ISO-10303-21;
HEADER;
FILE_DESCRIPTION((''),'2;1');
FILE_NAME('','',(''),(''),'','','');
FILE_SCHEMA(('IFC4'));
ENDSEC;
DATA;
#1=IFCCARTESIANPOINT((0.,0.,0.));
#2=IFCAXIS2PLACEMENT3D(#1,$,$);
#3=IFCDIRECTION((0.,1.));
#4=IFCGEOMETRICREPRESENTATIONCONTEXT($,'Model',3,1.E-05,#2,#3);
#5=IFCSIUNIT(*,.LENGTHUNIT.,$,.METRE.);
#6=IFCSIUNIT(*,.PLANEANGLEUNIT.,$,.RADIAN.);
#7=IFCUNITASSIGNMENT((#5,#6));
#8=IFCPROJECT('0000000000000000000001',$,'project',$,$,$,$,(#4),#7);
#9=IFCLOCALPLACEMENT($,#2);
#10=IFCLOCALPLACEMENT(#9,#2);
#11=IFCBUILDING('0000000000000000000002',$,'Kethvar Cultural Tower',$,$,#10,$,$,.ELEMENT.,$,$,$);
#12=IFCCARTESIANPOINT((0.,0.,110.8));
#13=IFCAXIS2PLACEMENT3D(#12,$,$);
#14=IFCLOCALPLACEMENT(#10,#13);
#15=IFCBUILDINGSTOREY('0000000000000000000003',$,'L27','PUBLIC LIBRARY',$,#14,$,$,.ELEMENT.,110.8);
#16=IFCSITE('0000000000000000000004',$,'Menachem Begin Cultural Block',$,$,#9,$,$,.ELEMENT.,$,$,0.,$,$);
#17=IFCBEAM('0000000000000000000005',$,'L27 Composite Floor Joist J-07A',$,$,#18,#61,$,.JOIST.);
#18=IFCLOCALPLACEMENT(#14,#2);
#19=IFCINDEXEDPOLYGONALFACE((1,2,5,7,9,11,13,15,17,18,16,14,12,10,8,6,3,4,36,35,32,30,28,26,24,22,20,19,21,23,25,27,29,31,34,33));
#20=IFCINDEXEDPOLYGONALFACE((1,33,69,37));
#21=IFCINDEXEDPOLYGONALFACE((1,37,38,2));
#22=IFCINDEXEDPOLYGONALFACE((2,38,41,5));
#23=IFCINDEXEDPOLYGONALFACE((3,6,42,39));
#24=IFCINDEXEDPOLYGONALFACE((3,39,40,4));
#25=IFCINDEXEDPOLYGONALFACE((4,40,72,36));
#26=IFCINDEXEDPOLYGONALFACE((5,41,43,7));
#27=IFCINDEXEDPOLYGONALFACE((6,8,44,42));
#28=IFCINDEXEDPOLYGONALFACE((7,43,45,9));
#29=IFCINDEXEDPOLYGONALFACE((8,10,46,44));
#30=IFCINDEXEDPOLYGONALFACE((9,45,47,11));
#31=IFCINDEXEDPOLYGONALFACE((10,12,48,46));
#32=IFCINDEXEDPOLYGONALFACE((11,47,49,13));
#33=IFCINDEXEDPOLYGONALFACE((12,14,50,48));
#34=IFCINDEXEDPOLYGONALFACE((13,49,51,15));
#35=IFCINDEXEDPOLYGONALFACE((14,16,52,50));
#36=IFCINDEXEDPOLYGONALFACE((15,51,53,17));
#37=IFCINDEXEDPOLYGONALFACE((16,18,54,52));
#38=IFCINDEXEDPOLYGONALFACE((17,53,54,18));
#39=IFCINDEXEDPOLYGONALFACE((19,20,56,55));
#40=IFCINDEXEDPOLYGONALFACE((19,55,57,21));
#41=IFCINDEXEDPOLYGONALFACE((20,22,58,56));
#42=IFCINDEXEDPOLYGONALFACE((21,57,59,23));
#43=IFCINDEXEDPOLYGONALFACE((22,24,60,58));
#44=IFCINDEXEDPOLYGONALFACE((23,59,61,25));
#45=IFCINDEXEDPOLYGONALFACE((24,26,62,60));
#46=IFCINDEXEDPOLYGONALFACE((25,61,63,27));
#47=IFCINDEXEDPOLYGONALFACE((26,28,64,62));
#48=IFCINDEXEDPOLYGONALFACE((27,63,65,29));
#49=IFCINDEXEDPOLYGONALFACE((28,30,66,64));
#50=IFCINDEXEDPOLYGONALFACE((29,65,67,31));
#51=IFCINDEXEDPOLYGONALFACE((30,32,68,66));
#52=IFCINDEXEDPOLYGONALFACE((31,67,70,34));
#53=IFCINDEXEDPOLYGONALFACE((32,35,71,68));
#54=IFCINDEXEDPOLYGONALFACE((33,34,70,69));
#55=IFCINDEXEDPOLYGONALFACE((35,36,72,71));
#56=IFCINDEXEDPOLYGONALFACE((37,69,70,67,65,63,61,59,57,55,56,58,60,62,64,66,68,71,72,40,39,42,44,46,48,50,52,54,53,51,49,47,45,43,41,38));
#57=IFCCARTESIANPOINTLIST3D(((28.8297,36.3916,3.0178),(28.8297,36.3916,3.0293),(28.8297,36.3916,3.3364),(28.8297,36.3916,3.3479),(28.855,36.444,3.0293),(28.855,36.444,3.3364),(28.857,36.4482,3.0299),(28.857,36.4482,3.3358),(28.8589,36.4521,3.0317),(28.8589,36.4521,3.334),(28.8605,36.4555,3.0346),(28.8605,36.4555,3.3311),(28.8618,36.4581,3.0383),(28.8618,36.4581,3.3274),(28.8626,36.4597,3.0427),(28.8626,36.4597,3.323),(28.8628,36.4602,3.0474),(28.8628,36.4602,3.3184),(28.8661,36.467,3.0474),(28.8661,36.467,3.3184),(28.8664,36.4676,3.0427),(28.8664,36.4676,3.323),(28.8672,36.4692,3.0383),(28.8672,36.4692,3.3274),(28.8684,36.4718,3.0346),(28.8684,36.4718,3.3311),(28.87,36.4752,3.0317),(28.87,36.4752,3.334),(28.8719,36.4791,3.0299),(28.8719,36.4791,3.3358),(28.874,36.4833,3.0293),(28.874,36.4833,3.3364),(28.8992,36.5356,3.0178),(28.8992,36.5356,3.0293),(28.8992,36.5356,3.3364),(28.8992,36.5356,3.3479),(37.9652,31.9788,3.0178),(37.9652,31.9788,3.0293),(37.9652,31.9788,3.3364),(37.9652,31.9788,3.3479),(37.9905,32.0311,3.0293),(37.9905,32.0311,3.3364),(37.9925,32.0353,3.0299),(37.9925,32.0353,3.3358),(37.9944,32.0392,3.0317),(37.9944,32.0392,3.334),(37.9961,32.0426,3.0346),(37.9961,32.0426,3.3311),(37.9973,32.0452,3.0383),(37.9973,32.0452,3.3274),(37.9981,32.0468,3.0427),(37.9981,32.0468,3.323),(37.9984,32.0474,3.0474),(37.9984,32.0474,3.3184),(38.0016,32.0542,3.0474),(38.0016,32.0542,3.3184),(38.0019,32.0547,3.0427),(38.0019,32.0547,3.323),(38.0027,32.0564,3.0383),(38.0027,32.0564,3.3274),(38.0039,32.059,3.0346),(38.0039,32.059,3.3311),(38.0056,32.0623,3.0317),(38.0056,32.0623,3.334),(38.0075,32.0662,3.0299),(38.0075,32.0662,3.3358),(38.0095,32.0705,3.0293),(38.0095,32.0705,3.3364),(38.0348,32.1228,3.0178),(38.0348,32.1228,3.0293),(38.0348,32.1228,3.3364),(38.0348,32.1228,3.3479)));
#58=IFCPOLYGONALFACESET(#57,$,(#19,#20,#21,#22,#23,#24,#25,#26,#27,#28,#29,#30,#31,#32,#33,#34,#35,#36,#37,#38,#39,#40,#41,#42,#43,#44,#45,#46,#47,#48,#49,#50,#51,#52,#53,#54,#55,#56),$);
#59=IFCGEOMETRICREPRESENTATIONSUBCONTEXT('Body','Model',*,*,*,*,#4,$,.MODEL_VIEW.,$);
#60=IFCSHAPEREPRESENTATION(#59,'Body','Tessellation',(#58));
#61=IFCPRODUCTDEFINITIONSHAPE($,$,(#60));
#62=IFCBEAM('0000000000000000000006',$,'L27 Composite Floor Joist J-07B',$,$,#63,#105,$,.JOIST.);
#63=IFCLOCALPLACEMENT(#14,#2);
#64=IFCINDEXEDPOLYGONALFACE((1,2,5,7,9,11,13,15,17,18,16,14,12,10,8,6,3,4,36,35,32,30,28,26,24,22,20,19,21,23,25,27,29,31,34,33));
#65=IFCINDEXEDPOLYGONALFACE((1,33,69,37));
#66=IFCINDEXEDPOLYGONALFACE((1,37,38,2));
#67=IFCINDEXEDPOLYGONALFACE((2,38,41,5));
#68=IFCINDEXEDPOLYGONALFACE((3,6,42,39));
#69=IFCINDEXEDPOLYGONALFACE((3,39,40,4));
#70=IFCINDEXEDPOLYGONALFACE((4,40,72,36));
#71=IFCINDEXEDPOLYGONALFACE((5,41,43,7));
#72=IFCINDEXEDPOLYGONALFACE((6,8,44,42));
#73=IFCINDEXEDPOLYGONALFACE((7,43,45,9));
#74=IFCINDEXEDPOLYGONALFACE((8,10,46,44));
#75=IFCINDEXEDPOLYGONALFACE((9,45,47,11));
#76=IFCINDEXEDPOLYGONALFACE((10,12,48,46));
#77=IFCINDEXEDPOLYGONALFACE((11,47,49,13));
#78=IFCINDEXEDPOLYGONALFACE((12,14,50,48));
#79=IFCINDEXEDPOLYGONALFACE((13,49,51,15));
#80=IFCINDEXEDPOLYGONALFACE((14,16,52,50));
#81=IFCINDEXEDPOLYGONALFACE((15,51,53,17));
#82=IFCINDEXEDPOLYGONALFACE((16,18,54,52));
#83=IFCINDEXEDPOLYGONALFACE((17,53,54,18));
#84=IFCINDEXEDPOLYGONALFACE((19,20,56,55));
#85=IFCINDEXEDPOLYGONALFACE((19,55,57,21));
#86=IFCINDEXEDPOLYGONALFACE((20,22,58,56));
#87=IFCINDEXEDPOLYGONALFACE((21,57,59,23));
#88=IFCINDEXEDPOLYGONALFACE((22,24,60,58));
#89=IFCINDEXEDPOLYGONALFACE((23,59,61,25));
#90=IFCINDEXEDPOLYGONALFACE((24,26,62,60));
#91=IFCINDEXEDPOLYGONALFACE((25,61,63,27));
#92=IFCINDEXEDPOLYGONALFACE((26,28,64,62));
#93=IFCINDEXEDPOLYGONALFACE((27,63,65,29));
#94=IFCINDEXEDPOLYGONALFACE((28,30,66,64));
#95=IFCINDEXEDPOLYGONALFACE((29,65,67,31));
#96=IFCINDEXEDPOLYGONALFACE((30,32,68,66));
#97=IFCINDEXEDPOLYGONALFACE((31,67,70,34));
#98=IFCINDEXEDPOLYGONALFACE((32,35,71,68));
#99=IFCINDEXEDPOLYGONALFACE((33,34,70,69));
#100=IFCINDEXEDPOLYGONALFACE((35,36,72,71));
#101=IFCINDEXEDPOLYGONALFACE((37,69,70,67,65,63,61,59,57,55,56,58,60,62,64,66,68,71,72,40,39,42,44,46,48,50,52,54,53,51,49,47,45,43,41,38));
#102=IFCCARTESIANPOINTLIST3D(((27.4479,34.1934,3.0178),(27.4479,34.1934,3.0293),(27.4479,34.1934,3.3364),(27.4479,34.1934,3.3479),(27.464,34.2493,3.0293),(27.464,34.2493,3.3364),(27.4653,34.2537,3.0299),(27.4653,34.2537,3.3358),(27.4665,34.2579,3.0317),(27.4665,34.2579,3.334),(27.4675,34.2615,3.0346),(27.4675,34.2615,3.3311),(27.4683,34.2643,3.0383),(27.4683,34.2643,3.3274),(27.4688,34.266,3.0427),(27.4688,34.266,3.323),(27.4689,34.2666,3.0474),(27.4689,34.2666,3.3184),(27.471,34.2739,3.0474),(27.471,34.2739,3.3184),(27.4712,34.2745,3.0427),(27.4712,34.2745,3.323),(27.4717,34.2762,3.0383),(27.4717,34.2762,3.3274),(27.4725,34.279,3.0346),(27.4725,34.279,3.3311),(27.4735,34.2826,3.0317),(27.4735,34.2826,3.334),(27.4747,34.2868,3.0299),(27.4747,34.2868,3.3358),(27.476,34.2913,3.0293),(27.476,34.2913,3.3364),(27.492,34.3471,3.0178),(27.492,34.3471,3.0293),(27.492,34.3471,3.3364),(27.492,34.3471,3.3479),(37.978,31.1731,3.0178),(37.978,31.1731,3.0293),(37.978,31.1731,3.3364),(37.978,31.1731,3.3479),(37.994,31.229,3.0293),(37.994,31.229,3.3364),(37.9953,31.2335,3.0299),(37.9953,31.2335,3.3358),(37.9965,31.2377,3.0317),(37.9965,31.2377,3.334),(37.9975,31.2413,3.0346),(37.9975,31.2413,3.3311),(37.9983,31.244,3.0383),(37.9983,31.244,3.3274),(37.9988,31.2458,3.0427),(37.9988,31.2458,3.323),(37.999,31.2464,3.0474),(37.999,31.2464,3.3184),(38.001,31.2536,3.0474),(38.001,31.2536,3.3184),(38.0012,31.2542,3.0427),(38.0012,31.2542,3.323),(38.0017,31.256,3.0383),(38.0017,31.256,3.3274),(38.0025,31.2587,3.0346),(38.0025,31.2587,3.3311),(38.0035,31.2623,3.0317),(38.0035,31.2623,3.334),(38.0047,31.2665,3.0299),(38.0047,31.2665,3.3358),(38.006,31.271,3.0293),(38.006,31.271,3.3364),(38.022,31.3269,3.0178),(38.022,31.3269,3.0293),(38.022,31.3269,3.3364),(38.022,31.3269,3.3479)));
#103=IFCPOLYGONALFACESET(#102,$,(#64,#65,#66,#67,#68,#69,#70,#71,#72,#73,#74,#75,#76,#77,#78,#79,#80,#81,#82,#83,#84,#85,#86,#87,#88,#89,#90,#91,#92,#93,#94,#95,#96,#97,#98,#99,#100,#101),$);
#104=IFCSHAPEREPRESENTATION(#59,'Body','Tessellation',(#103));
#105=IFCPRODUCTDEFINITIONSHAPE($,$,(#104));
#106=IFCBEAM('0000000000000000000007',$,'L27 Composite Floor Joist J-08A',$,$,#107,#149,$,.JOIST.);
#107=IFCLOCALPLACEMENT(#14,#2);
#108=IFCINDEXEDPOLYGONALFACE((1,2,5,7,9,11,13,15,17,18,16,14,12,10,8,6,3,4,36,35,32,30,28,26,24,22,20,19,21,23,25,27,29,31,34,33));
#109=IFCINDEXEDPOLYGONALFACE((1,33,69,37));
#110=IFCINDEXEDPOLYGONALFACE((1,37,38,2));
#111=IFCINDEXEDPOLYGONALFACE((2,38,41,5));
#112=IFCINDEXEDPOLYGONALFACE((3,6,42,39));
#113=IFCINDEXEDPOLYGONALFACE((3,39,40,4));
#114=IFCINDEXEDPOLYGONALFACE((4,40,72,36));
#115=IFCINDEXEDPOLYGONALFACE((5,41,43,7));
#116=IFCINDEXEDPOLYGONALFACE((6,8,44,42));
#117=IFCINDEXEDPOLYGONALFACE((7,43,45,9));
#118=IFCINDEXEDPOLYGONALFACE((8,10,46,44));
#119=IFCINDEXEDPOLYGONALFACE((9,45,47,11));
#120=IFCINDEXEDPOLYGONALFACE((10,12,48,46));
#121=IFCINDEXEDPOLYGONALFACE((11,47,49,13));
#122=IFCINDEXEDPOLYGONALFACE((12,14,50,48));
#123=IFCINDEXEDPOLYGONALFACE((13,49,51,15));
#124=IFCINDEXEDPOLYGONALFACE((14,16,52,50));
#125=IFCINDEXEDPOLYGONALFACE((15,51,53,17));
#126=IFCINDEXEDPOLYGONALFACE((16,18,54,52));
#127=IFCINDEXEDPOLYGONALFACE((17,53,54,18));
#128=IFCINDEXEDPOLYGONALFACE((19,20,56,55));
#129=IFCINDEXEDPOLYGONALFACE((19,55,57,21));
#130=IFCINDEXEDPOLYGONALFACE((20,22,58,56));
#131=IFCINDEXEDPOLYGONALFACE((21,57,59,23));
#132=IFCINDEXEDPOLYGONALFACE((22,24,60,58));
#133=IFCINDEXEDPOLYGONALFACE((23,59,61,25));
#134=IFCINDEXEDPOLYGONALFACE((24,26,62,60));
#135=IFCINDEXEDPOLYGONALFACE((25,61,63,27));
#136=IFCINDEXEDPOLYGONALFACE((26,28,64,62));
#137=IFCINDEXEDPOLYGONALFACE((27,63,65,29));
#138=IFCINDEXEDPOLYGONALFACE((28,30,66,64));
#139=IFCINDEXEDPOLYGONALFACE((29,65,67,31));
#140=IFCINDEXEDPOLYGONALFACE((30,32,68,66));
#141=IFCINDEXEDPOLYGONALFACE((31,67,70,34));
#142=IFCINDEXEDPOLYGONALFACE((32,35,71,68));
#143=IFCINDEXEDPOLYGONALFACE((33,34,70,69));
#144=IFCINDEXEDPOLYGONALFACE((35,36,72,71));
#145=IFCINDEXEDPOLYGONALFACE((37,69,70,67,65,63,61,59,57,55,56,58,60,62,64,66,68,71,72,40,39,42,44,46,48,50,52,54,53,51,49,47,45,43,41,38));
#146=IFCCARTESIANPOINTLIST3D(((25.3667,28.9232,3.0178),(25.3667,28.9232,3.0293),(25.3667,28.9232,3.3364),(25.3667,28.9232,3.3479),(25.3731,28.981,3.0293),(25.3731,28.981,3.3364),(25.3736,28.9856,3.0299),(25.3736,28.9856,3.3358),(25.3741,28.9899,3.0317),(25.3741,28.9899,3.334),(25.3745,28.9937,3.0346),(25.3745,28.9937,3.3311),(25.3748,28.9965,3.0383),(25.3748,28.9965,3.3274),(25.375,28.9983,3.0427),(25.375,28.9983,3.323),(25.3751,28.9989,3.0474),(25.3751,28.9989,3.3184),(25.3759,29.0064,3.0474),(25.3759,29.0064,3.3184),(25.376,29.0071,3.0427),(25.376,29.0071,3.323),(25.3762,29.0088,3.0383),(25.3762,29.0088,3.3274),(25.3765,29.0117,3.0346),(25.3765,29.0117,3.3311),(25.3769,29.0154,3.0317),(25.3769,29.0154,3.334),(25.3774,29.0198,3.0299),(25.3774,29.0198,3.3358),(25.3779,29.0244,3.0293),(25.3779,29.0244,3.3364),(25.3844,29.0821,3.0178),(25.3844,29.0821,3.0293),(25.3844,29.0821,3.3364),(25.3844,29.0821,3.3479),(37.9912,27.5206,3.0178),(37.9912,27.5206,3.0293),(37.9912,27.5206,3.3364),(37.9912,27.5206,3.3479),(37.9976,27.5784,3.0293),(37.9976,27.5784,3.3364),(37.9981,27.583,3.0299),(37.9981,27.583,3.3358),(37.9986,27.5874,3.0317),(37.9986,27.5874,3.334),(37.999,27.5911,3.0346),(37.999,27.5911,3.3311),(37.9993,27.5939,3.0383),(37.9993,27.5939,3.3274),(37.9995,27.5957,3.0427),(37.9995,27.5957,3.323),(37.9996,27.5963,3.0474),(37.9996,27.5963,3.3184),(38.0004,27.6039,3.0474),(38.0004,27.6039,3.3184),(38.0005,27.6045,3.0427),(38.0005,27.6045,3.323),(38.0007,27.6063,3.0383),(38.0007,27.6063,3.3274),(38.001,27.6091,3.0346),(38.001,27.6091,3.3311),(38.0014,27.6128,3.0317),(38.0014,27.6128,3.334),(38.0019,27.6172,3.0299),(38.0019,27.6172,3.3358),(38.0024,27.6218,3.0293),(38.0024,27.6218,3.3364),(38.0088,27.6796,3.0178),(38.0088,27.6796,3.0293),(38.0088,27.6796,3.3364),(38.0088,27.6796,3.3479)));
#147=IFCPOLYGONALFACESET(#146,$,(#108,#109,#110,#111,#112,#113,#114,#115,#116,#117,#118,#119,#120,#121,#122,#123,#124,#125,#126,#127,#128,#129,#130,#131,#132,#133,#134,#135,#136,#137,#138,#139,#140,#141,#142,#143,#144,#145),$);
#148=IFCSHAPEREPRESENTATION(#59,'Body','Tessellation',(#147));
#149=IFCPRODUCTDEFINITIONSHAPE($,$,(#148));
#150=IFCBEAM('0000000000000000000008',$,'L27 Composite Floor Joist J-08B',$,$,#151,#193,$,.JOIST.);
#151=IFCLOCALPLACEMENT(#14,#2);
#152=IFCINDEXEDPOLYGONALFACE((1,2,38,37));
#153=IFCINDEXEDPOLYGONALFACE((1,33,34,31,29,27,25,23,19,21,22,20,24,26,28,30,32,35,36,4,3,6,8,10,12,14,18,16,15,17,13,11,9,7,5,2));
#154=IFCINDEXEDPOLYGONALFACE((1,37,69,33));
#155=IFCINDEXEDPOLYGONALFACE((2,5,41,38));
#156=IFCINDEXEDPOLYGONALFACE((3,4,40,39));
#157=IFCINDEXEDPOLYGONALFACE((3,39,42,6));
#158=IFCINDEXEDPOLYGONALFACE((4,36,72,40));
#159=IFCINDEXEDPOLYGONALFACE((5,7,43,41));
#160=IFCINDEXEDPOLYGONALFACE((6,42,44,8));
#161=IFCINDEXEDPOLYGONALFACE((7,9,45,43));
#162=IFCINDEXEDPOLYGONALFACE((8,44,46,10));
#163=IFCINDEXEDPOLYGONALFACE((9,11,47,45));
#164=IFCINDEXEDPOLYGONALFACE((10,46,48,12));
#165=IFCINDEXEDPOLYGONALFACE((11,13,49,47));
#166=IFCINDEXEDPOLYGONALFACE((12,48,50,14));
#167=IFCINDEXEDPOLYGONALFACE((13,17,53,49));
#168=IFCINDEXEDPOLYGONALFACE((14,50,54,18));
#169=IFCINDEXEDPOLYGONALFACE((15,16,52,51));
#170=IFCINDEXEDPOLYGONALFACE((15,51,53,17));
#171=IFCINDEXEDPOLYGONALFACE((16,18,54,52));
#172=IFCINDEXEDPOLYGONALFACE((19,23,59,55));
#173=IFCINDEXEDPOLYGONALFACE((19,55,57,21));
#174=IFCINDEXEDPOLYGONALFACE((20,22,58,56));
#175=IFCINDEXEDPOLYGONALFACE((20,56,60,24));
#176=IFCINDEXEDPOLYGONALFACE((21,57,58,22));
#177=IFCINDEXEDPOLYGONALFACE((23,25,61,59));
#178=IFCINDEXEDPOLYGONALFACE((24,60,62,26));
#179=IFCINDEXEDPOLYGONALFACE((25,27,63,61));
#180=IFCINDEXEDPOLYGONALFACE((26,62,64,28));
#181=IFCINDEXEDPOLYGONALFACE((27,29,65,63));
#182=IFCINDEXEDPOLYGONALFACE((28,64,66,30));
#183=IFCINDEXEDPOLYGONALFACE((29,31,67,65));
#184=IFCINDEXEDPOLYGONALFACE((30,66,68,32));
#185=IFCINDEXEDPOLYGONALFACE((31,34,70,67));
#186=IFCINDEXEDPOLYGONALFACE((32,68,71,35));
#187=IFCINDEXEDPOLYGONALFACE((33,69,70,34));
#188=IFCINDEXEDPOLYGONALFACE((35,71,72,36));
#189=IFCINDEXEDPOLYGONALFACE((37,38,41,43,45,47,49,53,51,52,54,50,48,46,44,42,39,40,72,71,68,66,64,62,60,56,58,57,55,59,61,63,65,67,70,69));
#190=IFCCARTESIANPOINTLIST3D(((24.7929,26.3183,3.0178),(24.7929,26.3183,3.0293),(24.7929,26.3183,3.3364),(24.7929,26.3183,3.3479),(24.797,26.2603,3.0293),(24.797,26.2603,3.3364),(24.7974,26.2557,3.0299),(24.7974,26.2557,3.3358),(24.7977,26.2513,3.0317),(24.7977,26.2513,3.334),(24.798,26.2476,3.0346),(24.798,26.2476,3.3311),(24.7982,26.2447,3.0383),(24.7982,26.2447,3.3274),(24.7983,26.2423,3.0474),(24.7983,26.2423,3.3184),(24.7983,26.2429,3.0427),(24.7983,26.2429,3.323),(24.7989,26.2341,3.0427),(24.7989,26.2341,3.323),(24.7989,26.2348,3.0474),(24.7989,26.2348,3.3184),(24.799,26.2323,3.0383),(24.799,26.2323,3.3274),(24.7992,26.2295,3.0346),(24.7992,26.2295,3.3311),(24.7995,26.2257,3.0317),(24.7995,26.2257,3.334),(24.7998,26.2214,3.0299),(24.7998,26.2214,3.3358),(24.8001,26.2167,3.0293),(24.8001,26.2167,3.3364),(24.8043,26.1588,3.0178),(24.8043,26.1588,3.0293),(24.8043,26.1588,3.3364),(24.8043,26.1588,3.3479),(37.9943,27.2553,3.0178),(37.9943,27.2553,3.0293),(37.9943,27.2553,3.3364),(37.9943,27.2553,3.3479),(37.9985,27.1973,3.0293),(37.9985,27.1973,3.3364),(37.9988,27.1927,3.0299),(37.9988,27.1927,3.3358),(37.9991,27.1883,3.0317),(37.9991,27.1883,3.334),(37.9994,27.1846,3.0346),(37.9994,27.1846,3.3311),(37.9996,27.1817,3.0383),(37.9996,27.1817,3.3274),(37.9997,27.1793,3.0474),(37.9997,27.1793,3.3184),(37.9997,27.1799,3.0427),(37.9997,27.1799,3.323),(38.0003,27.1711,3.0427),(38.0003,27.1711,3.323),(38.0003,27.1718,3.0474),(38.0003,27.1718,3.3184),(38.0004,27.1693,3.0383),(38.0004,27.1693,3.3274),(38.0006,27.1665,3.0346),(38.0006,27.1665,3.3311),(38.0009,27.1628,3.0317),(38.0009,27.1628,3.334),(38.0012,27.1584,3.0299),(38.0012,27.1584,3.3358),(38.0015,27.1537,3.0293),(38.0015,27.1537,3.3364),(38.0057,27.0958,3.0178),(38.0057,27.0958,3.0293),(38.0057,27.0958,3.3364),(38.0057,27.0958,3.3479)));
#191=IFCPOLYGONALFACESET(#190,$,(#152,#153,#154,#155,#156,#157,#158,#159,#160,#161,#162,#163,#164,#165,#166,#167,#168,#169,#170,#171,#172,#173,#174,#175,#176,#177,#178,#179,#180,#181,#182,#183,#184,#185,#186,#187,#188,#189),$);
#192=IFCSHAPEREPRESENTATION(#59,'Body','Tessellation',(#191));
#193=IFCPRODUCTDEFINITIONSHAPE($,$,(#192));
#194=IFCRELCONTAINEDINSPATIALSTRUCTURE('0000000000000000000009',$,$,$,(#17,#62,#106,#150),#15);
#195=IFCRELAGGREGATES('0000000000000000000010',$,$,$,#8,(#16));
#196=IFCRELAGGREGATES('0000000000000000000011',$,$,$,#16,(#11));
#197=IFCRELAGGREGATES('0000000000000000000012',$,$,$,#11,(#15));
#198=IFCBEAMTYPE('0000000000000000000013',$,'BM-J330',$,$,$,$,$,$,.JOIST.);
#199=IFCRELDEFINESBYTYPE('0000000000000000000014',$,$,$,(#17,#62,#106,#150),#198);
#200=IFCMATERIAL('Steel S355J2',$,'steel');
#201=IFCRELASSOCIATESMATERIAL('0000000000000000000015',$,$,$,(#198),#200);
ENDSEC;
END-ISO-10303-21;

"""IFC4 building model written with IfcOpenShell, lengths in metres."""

from ifc_helpers import new_model, si_unit, direction, frame, origin, origin_2d, place, context, subcontext, project, spatial, i_section, extrude, source, transform, mapped, material, material_profile, profile_set, type_object, element, save


model = new_model("IFC4")

# Units and contexts
model_context = context("Model", 3, precision=1e-05, world=origin(), true_north=direction((0.0, 1.0)))
body_context = subcontext(model_context, "Body", "Model", "MODEL_VIEW")
ifc_project = project(units=[si_unit("LENGTHUNIT", "METRE"), si_unit("PLANEANGLEUNIT", "RADIAN")], contexts=[model_context])

# Site, building, storey
site_placement = place(None, origin())
site = spatial("IfcSite", under=ifc_project, at=site_placement, Name="Menachem Begin Cultural Block", CompositionType="ELEMENT", RefElevation=0.0)
building_placement = place(site_placement, origin())
building = spatial("IfcBuilding", under=site, at=building_placement, Name="Kethvar Cultural Tower", CompositionType="ELEMENT")
storey_placement = place(building_placement, frame((0.0, 0.0, 110.8)))
storey = spatial("IfcBuildingStorey", under=building, at=storey_placement, Name="L27", Description="PUBLIC LIBRARY", CompositionType="ELEMENT", Elevation=110.8)

# Beams
ifc_material_1 = material(Name="Steel S355J2", Category="steel")
ifc_material_profile_1 = material_profile(ifc_material_1, i_section(OverallWidth=0.1599, OverallDepth=0.3301, WebThickness=0.0076, FlangeThickness=0.0115, FilletRadius=0.0181, at=origin_2d()), Name="Steel S355J2 — IPE330")
ifc_profile_set_1 = profile_set([ifc_material_profile_1], Name="Steel S355J2 — IPE330")
beam_type_1 = type_object("IfcBeamType", Name="BM-J330", PredefinedType="JOIST", material=ifc_profile_set_1)
shared_shape_1 = source(origin(), body_context, "Body", "SweptSolid", [
    extrude(i_section(OverallWidth=0.1599, OverallDepth=0.3301, WebThickness=0.0076, FlangeThickness=0.0115, FilletRadius=0.0181, at=origin_2d()), origin(), (0.0, 0.0, 1.0), 10.1455),
])
beam_1_placement = place(storey_placement, frame((38.0, 32.0508, 3.1829), z_axis=(-0.900451, 0.434957, 0.0), x_axis=(-0.434957, -0.900451, 0.0)))
element("IfcBeam", 1, at=beam_1_placement, inside=storey, type_object=beam_type_1, Name="L27 Composite Floor Joist J-07A", PredefinedType="JOIST", context=body_context, shape_type="MappedRepresentation", body=[
    mapped(shared_shape_1, transform((0.0, 0.0, 0.0), scale=1.0)),
])
shared_shape_2 = source(origin(), body_context, "Body", "SweptSolid", [
    extrude(i_section(OverallWidth=0.1599, OverallDepth=0.3301, WebThickness=0.0076, FlangeThickness=0.0115, FilletRadius=0.0181, at=origin_2d()), origin(), (0.0, 0.0, 1.0), 10.9546),
])
beam_2_placement = place(storey_placement, frame((38.0, 31.25, 3.1829), z_axis=(-0.961242, 0.275707, 0.0), x_axis=(-0.275707, -0.961242, 0.0)))
element("IfcBeam", 2, at=beam_2_placement, inside=storey, type_object=beam_type_1, Name="L27 Composite Floor Joist J-07B", PredefinedType="JOIST", context=body_context, shape_type="MappedRepresentation", body=[
    mapped(shared_shape_2, transform((0.0, 0.0, 0.0), scale=1.0)),
])
shared_shape_3 = source(origin(), body_context, "Body", "SweptSolid", [
    extrude(i_section(OverallWidth=0.1599, OverallDepth=0.3301, WebThickness=0.0076, FlangeThickness=0.0115, FilletRadius=0.0181, at=origin_2d()), origin(), (0.0, 0.0, 1.0), 12.7021),
])
beam_3_placement = place(storey_placement, frame((38.0, 27.6001, 3.1829), z_axis=(-0.993885, 0.110421, 0.0), x_axis=(-0.110421, -0.993885, 0.0)))
element("IfcBeam", 3, at=beam_3_placement, inside=storey, type_object=beam_type_1, Name="L27 Composite Floor Joist J-08A", PredefinedType="JOIST", context=body_context, shape_type="MappedRepresentation", body=[
    mapped(shared_shape_3, transform((0.0, 0.0, 0.0), scale=1.0)),
])
shared_shape_4 = source(origin(), body_context, "Body", "SweptSolid", [
    extrude(i_section(OverallWidth=0.1599, OverallDepth=0.3301, WebThickness=0.0076, FlangeThickness=0.0115, FilletRadius=0.0181, at=origin_2d()), origin(), (0.0, 0.0, 1.0), 13.2346),
])
beam_4_placement = place(storey_placement, frame((38.0, 27.1755, 3.1829), z_axis=(-0.997491, -0.0708, 0.0), x_axis=(0.0708, -0.997491, 0.0)))
element("IfcBeam", 4, at=beam_4_placement, inside=storey, type_object=beam_type_1, Name="L27 Composite Floor Joist J-08B", PredefinedType="JOIST", context=body_context, shape_type="MappedRepresentation", body=[
    mapped(shared_shape_4, transform((0.0, 0.0, 0.0), scale=1.0)),
])

save(model, "model.ifc")
